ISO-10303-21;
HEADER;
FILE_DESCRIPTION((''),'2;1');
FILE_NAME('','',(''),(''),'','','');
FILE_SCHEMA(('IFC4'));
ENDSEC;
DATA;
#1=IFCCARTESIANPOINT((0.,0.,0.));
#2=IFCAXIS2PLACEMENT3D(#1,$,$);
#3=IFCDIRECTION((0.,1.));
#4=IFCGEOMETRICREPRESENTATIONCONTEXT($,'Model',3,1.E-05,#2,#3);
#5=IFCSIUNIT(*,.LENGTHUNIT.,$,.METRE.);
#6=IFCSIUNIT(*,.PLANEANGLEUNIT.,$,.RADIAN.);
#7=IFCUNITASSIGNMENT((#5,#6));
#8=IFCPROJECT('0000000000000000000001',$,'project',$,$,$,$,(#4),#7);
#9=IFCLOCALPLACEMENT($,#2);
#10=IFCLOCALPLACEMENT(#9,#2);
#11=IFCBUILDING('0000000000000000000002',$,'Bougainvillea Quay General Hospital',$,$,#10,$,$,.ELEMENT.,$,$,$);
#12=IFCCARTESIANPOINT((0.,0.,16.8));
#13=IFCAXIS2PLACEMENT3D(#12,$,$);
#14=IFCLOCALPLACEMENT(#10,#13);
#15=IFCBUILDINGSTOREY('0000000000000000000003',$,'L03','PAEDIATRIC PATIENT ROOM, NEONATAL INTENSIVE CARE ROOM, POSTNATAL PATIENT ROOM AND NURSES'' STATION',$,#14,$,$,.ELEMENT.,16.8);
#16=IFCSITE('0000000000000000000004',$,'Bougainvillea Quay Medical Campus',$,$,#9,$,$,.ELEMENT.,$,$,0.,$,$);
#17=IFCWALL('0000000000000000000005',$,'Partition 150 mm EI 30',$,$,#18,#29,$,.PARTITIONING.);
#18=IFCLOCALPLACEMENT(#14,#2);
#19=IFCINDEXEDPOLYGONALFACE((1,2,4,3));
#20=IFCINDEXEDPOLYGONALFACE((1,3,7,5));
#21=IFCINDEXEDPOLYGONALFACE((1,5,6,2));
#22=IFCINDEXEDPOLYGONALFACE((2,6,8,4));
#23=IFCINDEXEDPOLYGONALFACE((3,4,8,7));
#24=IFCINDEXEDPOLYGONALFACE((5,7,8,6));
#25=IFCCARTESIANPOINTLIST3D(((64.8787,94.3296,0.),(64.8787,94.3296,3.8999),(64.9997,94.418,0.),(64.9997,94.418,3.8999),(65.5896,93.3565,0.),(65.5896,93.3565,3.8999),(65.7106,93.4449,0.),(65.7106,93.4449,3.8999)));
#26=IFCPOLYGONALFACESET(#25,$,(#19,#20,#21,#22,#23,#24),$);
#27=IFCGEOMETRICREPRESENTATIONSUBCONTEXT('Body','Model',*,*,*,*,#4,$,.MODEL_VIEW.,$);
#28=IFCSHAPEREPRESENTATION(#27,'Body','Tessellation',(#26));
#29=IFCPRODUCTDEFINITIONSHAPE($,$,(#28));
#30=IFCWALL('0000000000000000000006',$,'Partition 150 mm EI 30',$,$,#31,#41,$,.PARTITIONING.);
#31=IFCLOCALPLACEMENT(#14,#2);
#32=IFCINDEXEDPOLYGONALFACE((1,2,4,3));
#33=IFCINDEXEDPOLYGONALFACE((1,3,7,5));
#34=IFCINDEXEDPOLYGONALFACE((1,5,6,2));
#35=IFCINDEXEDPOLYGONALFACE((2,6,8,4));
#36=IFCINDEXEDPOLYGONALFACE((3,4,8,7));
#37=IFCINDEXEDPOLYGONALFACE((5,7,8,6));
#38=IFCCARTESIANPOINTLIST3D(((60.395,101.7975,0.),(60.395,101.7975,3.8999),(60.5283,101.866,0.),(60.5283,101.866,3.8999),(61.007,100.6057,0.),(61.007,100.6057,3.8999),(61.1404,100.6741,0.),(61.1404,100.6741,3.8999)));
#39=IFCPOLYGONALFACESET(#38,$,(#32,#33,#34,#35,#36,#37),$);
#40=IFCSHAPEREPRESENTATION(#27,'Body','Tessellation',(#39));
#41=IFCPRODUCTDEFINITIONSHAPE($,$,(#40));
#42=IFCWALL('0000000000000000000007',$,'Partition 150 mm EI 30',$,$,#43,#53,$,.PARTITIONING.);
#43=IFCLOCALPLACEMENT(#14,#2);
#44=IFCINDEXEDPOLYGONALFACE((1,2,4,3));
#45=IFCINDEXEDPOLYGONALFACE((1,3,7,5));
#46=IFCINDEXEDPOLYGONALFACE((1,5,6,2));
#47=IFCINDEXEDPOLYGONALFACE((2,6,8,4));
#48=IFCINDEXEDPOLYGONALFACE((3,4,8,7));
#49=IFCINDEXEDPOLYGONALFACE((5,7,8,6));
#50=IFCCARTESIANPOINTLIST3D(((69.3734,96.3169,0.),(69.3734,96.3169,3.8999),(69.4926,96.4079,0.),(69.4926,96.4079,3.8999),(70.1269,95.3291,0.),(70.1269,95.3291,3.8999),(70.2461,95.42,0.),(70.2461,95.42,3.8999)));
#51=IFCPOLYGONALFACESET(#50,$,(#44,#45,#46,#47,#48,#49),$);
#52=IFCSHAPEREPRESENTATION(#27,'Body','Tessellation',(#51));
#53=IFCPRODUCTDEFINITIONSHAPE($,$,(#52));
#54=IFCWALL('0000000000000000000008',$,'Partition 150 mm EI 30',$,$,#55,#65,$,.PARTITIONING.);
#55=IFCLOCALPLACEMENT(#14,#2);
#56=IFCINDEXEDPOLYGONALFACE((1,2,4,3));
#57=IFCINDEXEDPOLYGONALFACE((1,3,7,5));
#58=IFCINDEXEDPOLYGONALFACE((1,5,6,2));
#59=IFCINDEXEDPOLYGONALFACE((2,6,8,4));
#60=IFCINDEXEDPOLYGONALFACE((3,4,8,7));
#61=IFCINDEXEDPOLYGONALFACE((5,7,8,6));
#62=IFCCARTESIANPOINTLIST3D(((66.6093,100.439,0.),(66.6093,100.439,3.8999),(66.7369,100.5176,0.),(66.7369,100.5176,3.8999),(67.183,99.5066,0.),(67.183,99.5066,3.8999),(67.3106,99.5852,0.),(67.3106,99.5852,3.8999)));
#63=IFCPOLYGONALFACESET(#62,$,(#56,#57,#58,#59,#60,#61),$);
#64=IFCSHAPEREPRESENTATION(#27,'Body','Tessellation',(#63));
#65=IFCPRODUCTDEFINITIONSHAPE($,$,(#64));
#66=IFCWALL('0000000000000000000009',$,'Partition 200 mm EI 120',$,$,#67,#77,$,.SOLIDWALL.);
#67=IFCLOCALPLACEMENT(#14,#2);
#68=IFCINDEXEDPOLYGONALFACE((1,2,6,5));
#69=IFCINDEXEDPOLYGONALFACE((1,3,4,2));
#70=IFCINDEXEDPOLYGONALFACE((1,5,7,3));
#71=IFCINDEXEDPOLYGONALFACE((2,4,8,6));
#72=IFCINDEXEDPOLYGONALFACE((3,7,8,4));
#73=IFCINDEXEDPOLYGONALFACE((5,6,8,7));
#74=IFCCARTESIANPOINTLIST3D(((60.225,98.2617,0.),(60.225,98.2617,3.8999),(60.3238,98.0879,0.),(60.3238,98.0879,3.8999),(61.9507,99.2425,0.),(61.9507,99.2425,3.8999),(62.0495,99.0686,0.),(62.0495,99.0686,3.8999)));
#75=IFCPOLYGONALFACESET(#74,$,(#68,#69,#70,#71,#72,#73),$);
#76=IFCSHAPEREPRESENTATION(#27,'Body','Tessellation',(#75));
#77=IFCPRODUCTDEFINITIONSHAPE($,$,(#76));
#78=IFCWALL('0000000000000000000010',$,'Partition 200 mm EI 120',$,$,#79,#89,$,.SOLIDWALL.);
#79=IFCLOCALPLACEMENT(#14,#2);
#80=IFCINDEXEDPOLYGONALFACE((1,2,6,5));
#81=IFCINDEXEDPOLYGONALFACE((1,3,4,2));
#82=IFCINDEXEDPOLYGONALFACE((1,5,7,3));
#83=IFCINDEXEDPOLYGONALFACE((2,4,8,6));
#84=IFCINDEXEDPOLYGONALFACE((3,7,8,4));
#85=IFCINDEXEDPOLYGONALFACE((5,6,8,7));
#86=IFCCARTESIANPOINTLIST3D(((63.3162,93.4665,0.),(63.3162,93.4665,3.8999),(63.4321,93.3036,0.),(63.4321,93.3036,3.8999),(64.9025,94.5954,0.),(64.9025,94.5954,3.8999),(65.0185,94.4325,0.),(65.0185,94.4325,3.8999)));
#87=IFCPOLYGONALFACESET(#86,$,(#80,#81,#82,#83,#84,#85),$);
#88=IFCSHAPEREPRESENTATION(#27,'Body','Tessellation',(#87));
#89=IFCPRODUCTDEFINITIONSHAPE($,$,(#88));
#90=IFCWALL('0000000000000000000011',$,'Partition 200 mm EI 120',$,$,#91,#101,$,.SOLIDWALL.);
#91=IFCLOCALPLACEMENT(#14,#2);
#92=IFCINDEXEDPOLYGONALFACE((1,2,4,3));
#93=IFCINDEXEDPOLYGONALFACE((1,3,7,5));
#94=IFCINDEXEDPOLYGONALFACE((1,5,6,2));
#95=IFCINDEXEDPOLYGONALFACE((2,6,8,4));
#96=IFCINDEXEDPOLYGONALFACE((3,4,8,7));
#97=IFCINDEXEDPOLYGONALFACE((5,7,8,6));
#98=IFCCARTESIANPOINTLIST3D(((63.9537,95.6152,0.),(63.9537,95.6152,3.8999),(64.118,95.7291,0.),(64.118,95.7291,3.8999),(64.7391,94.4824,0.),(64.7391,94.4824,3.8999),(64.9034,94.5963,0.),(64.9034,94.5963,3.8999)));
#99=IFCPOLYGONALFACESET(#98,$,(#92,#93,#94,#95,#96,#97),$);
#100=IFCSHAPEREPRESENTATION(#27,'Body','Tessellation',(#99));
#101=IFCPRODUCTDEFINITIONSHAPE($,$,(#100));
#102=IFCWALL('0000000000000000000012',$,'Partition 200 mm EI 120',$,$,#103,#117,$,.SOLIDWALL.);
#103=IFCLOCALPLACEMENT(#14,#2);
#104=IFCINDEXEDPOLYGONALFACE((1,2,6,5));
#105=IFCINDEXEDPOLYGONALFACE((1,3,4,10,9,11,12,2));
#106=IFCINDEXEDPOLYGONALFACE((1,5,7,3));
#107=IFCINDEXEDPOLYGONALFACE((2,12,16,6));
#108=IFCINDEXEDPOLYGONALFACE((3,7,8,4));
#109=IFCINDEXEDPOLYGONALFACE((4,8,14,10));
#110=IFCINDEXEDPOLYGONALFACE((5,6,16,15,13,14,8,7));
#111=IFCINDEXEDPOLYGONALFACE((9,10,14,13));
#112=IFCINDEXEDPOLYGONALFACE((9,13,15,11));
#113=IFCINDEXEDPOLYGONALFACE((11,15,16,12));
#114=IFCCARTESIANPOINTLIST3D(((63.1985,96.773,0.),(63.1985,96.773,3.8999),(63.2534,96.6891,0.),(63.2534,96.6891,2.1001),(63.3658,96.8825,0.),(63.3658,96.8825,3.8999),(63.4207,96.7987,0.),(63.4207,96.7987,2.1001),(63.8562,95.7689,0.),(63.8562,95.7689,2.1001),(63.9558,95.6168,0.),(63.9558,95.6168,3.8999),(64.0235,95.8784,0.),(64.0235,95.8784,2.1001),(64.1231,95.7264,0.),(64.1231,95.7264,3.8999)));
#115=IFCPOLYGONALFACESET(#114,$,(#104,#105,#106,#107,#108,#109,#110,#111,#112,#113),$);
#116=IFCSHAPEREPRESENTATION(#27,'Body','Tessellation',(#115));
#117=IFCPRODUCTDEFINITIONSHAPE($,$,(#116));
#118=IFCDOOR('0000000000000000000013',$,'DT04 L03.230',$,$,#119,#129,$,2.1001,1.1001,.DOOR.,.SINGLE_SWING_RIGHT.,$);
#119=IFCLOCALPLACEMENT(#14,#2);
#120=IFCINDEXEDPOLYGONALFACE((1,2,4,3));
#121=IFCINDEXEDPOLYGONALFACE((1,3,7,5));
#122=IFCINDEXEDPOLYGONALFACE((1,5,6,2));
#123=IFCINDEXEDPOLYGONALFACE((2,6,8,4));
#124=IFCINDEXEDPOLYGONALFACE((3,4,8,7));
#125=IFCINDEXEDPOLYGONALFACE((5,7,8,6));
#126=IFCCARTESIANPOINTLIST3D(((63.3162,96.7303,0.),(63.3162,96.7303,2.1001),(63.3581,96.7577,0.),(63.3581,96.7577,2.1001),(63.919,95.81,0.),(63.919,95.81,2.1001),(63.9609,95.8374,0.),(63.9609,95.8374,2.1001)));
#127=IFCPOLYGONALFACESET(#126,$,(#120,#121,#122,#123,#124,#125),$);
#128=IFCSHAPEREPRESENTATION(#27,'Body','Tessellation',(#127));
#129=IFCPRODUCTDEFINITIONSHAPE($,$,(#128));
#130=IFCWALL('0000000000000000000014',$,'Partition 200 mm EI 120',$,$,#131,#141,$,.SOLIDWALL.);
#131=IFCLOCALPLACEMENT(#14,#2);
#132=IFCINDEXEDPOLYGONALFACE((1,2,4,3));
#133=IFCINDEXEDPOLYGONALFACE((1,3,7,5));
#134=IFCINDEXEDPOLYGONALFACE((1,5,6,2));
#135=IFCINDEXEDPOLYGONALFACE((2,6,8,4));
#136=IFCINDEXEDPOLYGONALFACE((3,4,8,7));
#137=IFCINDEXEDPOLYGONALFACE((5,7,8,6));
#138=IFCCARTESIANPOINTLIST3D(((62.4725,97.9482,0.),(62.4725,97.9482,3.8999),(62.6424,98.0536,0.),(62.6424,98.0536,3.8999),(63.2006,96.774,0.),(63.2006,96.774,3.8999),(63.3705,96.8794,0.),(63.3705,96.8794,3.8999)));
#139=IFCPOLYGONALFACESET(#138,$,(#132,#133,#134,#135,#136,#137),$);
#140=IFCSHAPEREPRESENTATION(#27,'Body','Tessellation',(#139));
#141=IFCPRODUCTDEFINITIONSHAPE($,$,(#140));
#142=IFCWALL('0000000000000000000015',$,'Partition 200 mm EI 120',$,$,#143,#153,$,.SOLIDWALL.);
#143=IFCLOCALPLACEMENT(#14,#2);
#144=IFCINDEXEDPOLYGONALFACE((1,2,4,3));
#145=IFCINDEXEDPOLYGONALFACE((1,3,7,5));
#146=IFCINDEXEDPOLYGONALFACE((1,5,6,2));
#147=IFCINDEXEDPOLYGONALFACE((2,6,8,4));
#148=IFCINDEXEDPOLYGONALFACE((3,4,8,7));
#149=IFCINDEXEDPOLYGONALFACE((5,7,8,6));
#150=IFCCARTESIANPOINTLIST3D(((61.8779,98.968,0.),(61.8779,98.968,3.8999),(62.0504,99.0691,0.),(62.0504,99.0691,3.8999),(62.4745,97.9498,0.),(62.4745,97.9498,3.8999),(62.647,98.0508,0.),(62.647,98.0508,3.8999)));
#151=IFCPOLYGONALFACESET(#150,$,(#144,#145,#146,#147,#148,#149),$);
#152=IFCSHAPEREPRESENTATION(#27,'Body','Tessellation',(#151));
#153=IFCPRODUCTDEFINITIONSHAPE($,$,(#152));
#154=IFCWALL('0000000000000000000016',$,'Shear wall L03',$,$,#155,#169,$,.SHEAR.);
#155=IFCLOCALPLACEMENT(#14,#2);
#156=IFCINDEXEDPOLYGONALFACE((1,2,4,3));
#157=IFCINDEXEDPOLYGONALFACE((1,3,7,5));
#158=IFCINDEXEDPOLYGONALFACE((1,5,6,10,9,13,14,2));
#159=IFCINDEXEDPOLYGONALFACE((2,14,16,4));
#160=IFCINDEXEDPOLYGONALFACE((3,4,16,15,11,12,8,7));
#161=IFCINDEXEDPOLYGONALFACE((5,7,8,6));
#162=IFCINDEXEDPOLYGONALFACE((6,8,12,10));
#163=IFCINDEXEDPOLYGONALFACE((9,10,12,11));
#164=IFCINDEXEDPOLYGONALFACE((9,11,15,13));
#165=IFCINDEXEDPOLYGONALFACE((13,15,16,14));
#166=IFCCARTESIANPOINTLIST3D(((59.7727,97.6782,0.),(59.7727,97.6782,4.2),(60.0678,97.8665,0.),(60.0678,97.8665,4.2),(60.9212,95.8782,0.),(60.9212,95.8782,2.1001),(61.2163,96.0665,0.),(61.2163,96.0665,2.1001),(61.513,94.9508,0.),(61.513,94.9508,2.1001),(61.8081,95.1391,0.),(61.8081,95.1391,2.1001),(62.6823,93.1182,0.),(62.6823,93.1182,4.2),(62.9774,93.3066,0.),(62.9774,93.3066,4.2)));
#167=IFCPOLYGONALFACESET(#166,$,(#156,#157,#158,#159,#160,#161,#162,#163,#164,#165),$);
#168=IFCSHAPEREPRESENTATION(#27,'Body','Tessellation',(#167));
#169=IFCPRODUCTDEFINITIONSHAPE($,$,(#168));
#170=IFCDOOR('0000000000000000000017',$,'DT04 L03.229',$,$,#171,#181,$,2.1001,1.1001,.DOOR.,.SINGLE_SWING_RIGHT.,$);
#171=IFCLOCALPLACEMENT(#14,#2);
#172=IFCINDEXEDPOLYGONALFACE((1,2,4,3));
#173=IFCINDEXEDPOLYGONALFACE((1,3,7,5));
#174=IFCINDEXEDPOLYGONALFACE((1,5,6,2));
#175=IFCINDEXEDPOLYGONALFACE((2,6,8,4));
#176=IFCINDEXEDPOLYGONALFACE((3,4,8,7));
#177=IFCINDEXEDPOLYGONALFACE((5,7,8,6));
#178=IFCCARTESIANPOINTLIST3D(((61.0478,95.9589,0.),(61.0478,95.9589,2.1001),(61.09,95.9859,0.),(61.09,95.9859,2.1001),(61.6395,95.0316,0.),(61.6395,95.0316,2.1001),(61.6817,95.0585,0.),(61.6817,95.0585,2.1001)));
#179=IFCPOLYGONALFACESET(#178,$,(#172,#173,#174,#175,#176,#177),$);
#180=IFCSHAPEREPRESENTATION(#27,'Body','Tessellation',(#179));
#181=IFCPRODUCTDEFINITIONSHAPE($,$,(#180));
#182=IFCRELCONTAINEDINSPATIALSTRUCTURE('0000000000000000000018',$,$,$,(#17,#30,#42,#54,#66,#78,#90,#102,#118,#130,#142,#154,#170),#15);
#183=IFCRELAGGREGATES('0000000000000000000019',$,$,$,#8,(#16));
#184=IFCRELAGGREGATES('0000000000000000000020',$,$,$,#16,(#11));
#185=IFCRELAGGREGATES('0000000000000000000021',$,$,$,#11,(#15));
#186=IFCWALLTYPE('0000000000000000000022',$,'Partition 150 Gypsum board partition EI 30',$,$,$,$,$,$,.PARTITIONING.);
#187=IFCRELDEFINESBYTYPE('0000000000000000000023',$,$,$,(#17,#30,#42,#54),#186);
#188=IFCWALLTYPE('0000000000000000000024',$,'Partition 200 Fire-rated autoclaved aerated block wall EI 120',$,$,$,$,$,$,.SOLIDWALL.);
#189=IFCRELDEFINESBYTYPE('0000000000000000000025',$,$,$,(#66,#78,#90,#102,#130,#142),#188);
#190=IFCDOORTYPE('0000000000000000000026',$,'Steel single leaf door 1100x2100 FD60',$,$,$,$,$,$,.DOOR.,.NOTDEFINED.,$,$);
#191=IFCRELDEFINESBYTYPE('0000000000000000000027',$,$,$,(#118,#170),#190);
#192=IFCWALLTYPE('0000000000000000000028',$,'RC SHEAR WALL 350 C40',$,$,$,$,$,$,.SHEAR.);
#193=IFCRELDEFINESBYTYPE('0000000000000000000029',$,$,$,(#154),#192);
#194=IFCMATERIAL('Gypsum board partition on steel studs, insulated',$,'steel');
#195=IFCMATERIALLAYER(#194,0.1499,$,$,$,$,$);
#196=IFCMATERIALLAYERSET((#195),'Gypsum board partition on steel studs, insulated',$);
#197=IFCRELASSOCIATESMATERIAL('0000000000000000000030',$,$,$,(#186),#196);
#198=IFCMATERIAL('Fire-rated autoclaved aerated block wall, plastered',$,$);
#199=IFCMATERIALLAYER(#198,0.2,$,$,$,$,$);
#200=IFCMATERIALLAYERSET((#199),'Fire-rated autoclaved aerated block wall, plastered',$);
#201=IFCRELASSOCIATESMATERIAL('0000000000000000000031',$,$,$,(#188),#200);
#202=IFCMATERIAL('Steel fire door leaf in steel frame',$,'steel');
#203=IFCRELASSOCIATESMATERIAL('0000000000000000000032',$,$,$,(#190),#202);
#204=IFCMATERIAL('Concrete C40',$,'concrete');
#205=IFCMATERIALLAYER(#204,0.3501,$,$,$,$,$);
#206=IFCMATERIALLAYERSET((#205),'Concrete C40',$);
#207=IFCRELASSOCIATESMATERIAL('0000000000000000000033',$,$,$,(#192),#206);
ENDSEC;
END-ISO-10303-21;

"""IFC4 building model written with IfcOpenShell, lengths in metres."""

from ifc_helpers import new_model, si_unit, direction, frame, frame_2d, origin, place, context, subcontext, project, spatial, rectangle, extrude, material, layer, layer_set, type_object, element, fill, save


model = new_model("IFC4")

# Units and contexts
model_context = context("Model", 3, precision=1e-05, world=origin(), true_north=direction((0.0, 1.0)))
body_context = subcontext(model_context, "Body", "Model", "MODEL_VIEW")
ifc_project = project(units=[si_unit("LENGTHUNIT", "METRE"), si_unit("PLANEANGLEUNIT", "RADIAN")], contexts=[model_context])

# Site, building, storey
site_placement = place(None, origin())
site = spatial("IfcSite", under=ifc_project, at=site_placement, Name="Bougainvillea Quay Medical Campus", CompositionType="ELEMENT", RefElevation=0.0)
building_placement = place(site_placement, origin())
building = spatial("IfcBuilding", under=site, at=building_placement, Name="Bougainvillea Quay General Hospital", CompositionType="ELEMENT")
storey_placement = place(building_placement, frame((0.0, 0.0, 16.8)))
storey = spatial("IfcBuildingStorey", under=building, at=storey_placement, Name="L03", Description="PAEDIATRIC PATIENT ROOM, NEONATAL INTENSIVE CARE ROOM, POSTNATAL PATIENT ROOM AND NURSES' STATION", CompositionType="ELEMENT", Elevation=16.8)

# Shared definitions
ifc_material_1 = material(Name="Concrete C40", Category="concrete")

# Shared definitions
ifc_material_2 = material(Name="Gypsum board partition on steel studs, insulated", Category="steel")
ifc_layer_1 = layer(ifc_material_2, 0.1499)
ifc_layer_set_1 = layer_set([ifc_layer_1], Name="Gypsum board partition on steel studs, insulated")
wall_type_1 = type_object("IfcWallType", Name="Partition 150 Gypsum board partition EI 30", PredefinedType="PARTITIONING", material=ifc_layer_set_1)

# Walls
wall_1_placement = place(storey_placement, frame((64.9392, 94.3738, 0.0), z_axis=(0.0, 0.0, 1.0), x_axis=(0.589905, -0.807473, 0.0)))
element("IfcWall", 1, at=wall_1_placement, inside=storey, type_object=wall_type_1, Name="Partition 150 mm EI 30", PredefinedType="PARTITIONING", context=body_context, shape_type="SweptSolid", body=[
    extrude(rectangle(XDim=1.2051, YDim=0.1499, at=frame_2d((0.6025, 0.0))), origin(), (0.0, 0.0, 1.0), 3.8999),
])
wall_2_placement = place(storey_placement, frame((60.4617, 101.8318, 0.0), z_axis=(0.0, 0.0, 1.0), x_axis=(0.456809, -0.889565, 0.0)))
element("IfcWall", 2, at=wall_2_placement, inside=storey, type_object=wall_type_1, Name="Partition 150 mm EI 30", PredefinedType="PARTITIONING", context=body_context, shape_type="SweptSolid", body=[
    extrude(rectangle(XDim=1.3398, YDim=0.1499, at=frame_2d((0.6699, 0.0))), origin(), (0.0, 0.0, 1.0), 3.8999),
])
wall_3_placement = place(storey_placement, frame((69.4331, 96.3623, 0.0), z_axis=(0.0, 0.0, 1.0), x_axis=(0.606458, -0.795116, 0.0)))
element("IfcWall", 3, at=wall_3_placement, inside=storey, type_object=wall_type_1, Name="Partition 150 mm EI 30", PredefinedType="PARTITIONING", context=body_context, shape_type="SweptSolid", body=[
    extrude(rectangle(XDim=1.2424, YDim=0.1499, at=frame_2d((0.6211, 0.0))), origin(), (0.0, 0.0, 1.0), 3.8999),
])
wall_4_placement = place(storey_placement, frame((66.6731, 100.4783, 0.0), z_axis=(0.0, 0.0, 1.0), x_axis=(0.524073, -0.851674, 0.0)))
element("IfcWall", 4, at=wall_4_placement, inside=storey, type_object=wall_type_1, Name="Partition 150 mm EI 30", PredefinedType="PARTITIONING", context=body_context, shape_type="SweptSolid", body=[
    extrude(rectangle(XDim=1.0947, YDim=0.1499, at=frame_2d((0.5474, 0.0))), origin(), (0.0, 0.0, 1.0), 3.8999),
])
ifc_material_3 = material(Name="Fire-rated autoclaved aerated block wall, plastered")
ifc_layer_2 = layer(ifc_material_3, 0.2)
ifc_layer_set_2 = layer_set([ifc_layer_2], Name="Fire-rated autoclaved aerated block wall, plastered")
wall_type_2 = type_object("IfcWallType", Name="Partition 200 Fire-rated autoclaved aerated block wall EI 120", PredefinedType="SOLIDWALL", material=ifc_layer_set_2)
wall_5_placement = place(storey_placement, frame((60.2744, 98.1748, 0.0), z_axis=(0.0, 0.0, 1.0), x_axis=(0.869399, 0.494111, 0.0)))
element("IfcWall", 5, at=wall_5_placement, inside=storey, type_object=wall_type_2, Name="Partition 200 mm EI 120", PredefinedType="SOLIDWALL", context=body_context, shape_type="SweptSolid", body=[
    extrude(rectangle(XDim=1.9849, YDim=0.2, at=frame_2d((0.9924, 0.0))), origin(), (0.0, 0.0, 1.0), 3.8999),
])
wall_6_placement = place(storey_placement, frame((63.374, 93.385, 0.0), z_axis=(0.0, 0.0, 1.0), x_axis=(0.814766, 0.57979, 0.0)))
element("IfcWall", 6, at=wall_6_placement, inside=storey, type_object=wall_type_2, Name="Partition 200 mm EI 120", PredefinedType="SOLIDWALL", context=body_context, shape_type="SweptSolid", body=[
    extrude(rectangle(XDim=1.947, YDim=0.2, at=frame_2d((0.9736, 0.0))), origin(), (0.0, 0.0, 1.0), 3.8999),
])
wall_7_placement = place(storey_placement, frame((64.0359, 95.6721, 0.0), z_axis=(0.0, 0.0, 1.0), x_axis=(0.569772, -0.821803, 0.0)))
element("IfcWall", 7, at=wall_7_placement, inside=storey, type_object=wall_type_2, Name="Partition 200 mm EI 120", PredefinedType="SOLIDWALL", context=body_context, shape_type="SweptSolid", body=[
    extrude(rectangle(XDim=1.3784, YDim=0.2, at=frame_2d((0.6892, 0.0))), origin(), (0.0, 0.0, 1.0), 3.8999),
])

# Wall, opening, door
wall_8_placement = place(storey_placement, frame((63.2822, 96.8276, 0.0), z_axis=(0.0, 0.0, 1.0), x_axis=(0.547915, -0.836534, 0.0)))
wall_8 = element("IfcWall", 8, at=wall_8_placement, inside=storey, type_object=wall_type_2, Name="Partition 200 mm EI 120", PredefinedType="SOLIDWALL", context=body_context, shape_type="SweptSolid", body=[
    extrude(rectangle(XDim=1.3821, YDim=0.2, at=frame_2d((0.6909, 0.0))), origin(), (0.0, 0.0, 1.0), 3.8999),
])
opening_1_placement = place(wall_8_placement, frame((0.1001, 0.0, 0.0)))
opening_1 = element("IfcOpeningElement", 9, at=opening_1_placement, cuts=wall_8, PredefinedType="OPENING", context=body_context, shape_type="SweptSolid", body=[
    extrude(rectangle(XDim=1.1001, YDim=2.1001, at=frame_2d((0.55, 1.05))), frame((0.0, 0.1099, 0.0), z_axis=(0.0, -1.0, 0.0), x_axis=(1.0, 0.0, 0.0)), (0.0, 0.0, 1.0), 0.22),
])
ifc_material_4 = material(Name="Steel fire door leaf in steel frame", Category="steel")
door_type_1 = type_object("IfcDoorType", Name="Steel single leaf door 1100x2100 FD60", OperationType="NOTDEFINED", PredefinedType="DOOR", material=ifc_material_4)
door_1_placement = place(opening_1_placement, frame((1.1001, 0.0, 0.0), z_axis=(0.0, 0.0, 1.0), x_axis=(-1.0, 0.0, 0.0)))
door_1 = element("IfcDoor", 10, at=door_1_placement, inside=storey, type_object=door_type_1, Name="DT04 L03.230", OperationType="SINGLE_SWING_RIGHT", OverallHeight=2.1001, OverallWidth=1.1001, PredefinedType="DOOR", context=body_context, shape_type="SweptSolid", body=[
    extrude(rectangle(XDim=1.1001, YDim=2.1001, at=frame_2d((0.55, 1.05))), frame((0.0, 0.0249, 0.0), z_axis=(0.0, -1.0, 0.0), x_axis=(1.0, 0.0, 0.0)), (0.0, 0.0, 1.0), 0.05),
])
fill(opening_1, door_1)

# Walls
wall_9_placement = place(storey_placement, frame((62.5574, 98.001, 0.0), z_axis=(0.0, 0.0, 1.0), x_axis=(0.526993, -0.849869, 0.0)))
element("IfcWall", 11, at=wall_9_placement, inside=storey, type_object=wall_type_2, Name="Partition 200 mm EI 120", PredefinedType="SOLIDWALL", context=body_context, shape_type="SweptSolid", body=[
    extrude(rectangle(XDim=1.3816, YDim=0.2, at=frame_2d((0.6909, 0.0))), origin(), (0.0, 0.0, 1.0), 3.8999),
])
wall_10_placement = place(storey_placement, frame((61.9641, 99.0186, 0.0), z_axis=(0.0, 0.0, 1.0), x_axis=(0.505555, -0.862794, 0.0)))
element("IfcWall", 12, at=wall_10_placement, inside=storey, type_object=wall_type_2, Name="Partition 200 mm EI 120", PredefinedType="SOLIDWALL", context=body_context, shape_type="SweptSolid", body=[
    extrude(rectangle(XDim=1.1802, YDim=0.2, at=frame_2d((0.5901, 0.0))), origin(), (0.0, 0.0, 1.0), 3.8999),
])

# Wall, opening, door
ifc_layer_3 = layer(ifc_material_1, 0.3501)
ifc_layer_set_3 = layer_set([ifc_layer_3], Name="Concrete C40")
wall_type_3 = type_object("IfcWallType", Name="RC SHEAR WALL 350 C40", PredefinedType="SHEAR", material=ifc_layer_set_3)
wall_11_placement = place(storey_placement, frame((62.8298, 93.2124, 0.0), z_axis=(0.0, 0.0, 1.0), x_axis=(-0.537903, 0.843007, 0.0)))
wall_11 = element("IfcWall", 13, at=wall_11_placement, inside=storey, type_object=wall_type_3, Name="Shear wall L03", PredefinedType="SHEAR", context=body_context, shape_type="SweptSolid", body=[
    extrude(rectangle(XDim=5.4092, YDim=0.3501, at=frame_2d((2.7046, 0.0))), origin(), (0.0, 0.0, 1.0), 4.2),
])
opening_2_placement = place(wall_11_placement, frame((2.1738, 0.0, 0.0)))
opening_2 = element("IfcOpeningElement", 14, at=opening_2_placement, cuts=wall_11, PredefinedType="OPENING", context=body_context, shape_type="SweptSolid", body=[
    extrude(rectangle(XDim=1.1001, YDim=2.1001, at=frame_2d((0.55, 1.05))), frame((0.0, 0.1851, 0.0), z_axis=(0.0, -1.0, 0.0), x_axis=(1.0, 0.0, 0.0)), (0.0, 0.0, 1.0), 0.3701),
])
door_2_placement = place(opening_2_placement, origin())
door_2 = element("IfcDoor", 15, at=door_2_placement, inside=storey, type_object=door_type_1, Name="DT04 L03.229", OperationType="SINGLE_SWING_RIGHT", OverallHeight=2.1001, OverallWidth=1.1001, PredefinedType="DOOR", context=body_context, shape_type="SweptSolid", body=[
    extrude(rectangle(XDim=1.1001, YDim=2.1001, at=frame_2d((0.55, 1.05))), frame((0.0, 0.0249, 0.0), z_axis=(0.0, -1.0, 0.0), x_axis=(1.0, 0.0, 0.0)), (0.0, 0.0, 1.0), 0.05),
])
fill(opening_2, door_2)

save(model, "model.ifc")
